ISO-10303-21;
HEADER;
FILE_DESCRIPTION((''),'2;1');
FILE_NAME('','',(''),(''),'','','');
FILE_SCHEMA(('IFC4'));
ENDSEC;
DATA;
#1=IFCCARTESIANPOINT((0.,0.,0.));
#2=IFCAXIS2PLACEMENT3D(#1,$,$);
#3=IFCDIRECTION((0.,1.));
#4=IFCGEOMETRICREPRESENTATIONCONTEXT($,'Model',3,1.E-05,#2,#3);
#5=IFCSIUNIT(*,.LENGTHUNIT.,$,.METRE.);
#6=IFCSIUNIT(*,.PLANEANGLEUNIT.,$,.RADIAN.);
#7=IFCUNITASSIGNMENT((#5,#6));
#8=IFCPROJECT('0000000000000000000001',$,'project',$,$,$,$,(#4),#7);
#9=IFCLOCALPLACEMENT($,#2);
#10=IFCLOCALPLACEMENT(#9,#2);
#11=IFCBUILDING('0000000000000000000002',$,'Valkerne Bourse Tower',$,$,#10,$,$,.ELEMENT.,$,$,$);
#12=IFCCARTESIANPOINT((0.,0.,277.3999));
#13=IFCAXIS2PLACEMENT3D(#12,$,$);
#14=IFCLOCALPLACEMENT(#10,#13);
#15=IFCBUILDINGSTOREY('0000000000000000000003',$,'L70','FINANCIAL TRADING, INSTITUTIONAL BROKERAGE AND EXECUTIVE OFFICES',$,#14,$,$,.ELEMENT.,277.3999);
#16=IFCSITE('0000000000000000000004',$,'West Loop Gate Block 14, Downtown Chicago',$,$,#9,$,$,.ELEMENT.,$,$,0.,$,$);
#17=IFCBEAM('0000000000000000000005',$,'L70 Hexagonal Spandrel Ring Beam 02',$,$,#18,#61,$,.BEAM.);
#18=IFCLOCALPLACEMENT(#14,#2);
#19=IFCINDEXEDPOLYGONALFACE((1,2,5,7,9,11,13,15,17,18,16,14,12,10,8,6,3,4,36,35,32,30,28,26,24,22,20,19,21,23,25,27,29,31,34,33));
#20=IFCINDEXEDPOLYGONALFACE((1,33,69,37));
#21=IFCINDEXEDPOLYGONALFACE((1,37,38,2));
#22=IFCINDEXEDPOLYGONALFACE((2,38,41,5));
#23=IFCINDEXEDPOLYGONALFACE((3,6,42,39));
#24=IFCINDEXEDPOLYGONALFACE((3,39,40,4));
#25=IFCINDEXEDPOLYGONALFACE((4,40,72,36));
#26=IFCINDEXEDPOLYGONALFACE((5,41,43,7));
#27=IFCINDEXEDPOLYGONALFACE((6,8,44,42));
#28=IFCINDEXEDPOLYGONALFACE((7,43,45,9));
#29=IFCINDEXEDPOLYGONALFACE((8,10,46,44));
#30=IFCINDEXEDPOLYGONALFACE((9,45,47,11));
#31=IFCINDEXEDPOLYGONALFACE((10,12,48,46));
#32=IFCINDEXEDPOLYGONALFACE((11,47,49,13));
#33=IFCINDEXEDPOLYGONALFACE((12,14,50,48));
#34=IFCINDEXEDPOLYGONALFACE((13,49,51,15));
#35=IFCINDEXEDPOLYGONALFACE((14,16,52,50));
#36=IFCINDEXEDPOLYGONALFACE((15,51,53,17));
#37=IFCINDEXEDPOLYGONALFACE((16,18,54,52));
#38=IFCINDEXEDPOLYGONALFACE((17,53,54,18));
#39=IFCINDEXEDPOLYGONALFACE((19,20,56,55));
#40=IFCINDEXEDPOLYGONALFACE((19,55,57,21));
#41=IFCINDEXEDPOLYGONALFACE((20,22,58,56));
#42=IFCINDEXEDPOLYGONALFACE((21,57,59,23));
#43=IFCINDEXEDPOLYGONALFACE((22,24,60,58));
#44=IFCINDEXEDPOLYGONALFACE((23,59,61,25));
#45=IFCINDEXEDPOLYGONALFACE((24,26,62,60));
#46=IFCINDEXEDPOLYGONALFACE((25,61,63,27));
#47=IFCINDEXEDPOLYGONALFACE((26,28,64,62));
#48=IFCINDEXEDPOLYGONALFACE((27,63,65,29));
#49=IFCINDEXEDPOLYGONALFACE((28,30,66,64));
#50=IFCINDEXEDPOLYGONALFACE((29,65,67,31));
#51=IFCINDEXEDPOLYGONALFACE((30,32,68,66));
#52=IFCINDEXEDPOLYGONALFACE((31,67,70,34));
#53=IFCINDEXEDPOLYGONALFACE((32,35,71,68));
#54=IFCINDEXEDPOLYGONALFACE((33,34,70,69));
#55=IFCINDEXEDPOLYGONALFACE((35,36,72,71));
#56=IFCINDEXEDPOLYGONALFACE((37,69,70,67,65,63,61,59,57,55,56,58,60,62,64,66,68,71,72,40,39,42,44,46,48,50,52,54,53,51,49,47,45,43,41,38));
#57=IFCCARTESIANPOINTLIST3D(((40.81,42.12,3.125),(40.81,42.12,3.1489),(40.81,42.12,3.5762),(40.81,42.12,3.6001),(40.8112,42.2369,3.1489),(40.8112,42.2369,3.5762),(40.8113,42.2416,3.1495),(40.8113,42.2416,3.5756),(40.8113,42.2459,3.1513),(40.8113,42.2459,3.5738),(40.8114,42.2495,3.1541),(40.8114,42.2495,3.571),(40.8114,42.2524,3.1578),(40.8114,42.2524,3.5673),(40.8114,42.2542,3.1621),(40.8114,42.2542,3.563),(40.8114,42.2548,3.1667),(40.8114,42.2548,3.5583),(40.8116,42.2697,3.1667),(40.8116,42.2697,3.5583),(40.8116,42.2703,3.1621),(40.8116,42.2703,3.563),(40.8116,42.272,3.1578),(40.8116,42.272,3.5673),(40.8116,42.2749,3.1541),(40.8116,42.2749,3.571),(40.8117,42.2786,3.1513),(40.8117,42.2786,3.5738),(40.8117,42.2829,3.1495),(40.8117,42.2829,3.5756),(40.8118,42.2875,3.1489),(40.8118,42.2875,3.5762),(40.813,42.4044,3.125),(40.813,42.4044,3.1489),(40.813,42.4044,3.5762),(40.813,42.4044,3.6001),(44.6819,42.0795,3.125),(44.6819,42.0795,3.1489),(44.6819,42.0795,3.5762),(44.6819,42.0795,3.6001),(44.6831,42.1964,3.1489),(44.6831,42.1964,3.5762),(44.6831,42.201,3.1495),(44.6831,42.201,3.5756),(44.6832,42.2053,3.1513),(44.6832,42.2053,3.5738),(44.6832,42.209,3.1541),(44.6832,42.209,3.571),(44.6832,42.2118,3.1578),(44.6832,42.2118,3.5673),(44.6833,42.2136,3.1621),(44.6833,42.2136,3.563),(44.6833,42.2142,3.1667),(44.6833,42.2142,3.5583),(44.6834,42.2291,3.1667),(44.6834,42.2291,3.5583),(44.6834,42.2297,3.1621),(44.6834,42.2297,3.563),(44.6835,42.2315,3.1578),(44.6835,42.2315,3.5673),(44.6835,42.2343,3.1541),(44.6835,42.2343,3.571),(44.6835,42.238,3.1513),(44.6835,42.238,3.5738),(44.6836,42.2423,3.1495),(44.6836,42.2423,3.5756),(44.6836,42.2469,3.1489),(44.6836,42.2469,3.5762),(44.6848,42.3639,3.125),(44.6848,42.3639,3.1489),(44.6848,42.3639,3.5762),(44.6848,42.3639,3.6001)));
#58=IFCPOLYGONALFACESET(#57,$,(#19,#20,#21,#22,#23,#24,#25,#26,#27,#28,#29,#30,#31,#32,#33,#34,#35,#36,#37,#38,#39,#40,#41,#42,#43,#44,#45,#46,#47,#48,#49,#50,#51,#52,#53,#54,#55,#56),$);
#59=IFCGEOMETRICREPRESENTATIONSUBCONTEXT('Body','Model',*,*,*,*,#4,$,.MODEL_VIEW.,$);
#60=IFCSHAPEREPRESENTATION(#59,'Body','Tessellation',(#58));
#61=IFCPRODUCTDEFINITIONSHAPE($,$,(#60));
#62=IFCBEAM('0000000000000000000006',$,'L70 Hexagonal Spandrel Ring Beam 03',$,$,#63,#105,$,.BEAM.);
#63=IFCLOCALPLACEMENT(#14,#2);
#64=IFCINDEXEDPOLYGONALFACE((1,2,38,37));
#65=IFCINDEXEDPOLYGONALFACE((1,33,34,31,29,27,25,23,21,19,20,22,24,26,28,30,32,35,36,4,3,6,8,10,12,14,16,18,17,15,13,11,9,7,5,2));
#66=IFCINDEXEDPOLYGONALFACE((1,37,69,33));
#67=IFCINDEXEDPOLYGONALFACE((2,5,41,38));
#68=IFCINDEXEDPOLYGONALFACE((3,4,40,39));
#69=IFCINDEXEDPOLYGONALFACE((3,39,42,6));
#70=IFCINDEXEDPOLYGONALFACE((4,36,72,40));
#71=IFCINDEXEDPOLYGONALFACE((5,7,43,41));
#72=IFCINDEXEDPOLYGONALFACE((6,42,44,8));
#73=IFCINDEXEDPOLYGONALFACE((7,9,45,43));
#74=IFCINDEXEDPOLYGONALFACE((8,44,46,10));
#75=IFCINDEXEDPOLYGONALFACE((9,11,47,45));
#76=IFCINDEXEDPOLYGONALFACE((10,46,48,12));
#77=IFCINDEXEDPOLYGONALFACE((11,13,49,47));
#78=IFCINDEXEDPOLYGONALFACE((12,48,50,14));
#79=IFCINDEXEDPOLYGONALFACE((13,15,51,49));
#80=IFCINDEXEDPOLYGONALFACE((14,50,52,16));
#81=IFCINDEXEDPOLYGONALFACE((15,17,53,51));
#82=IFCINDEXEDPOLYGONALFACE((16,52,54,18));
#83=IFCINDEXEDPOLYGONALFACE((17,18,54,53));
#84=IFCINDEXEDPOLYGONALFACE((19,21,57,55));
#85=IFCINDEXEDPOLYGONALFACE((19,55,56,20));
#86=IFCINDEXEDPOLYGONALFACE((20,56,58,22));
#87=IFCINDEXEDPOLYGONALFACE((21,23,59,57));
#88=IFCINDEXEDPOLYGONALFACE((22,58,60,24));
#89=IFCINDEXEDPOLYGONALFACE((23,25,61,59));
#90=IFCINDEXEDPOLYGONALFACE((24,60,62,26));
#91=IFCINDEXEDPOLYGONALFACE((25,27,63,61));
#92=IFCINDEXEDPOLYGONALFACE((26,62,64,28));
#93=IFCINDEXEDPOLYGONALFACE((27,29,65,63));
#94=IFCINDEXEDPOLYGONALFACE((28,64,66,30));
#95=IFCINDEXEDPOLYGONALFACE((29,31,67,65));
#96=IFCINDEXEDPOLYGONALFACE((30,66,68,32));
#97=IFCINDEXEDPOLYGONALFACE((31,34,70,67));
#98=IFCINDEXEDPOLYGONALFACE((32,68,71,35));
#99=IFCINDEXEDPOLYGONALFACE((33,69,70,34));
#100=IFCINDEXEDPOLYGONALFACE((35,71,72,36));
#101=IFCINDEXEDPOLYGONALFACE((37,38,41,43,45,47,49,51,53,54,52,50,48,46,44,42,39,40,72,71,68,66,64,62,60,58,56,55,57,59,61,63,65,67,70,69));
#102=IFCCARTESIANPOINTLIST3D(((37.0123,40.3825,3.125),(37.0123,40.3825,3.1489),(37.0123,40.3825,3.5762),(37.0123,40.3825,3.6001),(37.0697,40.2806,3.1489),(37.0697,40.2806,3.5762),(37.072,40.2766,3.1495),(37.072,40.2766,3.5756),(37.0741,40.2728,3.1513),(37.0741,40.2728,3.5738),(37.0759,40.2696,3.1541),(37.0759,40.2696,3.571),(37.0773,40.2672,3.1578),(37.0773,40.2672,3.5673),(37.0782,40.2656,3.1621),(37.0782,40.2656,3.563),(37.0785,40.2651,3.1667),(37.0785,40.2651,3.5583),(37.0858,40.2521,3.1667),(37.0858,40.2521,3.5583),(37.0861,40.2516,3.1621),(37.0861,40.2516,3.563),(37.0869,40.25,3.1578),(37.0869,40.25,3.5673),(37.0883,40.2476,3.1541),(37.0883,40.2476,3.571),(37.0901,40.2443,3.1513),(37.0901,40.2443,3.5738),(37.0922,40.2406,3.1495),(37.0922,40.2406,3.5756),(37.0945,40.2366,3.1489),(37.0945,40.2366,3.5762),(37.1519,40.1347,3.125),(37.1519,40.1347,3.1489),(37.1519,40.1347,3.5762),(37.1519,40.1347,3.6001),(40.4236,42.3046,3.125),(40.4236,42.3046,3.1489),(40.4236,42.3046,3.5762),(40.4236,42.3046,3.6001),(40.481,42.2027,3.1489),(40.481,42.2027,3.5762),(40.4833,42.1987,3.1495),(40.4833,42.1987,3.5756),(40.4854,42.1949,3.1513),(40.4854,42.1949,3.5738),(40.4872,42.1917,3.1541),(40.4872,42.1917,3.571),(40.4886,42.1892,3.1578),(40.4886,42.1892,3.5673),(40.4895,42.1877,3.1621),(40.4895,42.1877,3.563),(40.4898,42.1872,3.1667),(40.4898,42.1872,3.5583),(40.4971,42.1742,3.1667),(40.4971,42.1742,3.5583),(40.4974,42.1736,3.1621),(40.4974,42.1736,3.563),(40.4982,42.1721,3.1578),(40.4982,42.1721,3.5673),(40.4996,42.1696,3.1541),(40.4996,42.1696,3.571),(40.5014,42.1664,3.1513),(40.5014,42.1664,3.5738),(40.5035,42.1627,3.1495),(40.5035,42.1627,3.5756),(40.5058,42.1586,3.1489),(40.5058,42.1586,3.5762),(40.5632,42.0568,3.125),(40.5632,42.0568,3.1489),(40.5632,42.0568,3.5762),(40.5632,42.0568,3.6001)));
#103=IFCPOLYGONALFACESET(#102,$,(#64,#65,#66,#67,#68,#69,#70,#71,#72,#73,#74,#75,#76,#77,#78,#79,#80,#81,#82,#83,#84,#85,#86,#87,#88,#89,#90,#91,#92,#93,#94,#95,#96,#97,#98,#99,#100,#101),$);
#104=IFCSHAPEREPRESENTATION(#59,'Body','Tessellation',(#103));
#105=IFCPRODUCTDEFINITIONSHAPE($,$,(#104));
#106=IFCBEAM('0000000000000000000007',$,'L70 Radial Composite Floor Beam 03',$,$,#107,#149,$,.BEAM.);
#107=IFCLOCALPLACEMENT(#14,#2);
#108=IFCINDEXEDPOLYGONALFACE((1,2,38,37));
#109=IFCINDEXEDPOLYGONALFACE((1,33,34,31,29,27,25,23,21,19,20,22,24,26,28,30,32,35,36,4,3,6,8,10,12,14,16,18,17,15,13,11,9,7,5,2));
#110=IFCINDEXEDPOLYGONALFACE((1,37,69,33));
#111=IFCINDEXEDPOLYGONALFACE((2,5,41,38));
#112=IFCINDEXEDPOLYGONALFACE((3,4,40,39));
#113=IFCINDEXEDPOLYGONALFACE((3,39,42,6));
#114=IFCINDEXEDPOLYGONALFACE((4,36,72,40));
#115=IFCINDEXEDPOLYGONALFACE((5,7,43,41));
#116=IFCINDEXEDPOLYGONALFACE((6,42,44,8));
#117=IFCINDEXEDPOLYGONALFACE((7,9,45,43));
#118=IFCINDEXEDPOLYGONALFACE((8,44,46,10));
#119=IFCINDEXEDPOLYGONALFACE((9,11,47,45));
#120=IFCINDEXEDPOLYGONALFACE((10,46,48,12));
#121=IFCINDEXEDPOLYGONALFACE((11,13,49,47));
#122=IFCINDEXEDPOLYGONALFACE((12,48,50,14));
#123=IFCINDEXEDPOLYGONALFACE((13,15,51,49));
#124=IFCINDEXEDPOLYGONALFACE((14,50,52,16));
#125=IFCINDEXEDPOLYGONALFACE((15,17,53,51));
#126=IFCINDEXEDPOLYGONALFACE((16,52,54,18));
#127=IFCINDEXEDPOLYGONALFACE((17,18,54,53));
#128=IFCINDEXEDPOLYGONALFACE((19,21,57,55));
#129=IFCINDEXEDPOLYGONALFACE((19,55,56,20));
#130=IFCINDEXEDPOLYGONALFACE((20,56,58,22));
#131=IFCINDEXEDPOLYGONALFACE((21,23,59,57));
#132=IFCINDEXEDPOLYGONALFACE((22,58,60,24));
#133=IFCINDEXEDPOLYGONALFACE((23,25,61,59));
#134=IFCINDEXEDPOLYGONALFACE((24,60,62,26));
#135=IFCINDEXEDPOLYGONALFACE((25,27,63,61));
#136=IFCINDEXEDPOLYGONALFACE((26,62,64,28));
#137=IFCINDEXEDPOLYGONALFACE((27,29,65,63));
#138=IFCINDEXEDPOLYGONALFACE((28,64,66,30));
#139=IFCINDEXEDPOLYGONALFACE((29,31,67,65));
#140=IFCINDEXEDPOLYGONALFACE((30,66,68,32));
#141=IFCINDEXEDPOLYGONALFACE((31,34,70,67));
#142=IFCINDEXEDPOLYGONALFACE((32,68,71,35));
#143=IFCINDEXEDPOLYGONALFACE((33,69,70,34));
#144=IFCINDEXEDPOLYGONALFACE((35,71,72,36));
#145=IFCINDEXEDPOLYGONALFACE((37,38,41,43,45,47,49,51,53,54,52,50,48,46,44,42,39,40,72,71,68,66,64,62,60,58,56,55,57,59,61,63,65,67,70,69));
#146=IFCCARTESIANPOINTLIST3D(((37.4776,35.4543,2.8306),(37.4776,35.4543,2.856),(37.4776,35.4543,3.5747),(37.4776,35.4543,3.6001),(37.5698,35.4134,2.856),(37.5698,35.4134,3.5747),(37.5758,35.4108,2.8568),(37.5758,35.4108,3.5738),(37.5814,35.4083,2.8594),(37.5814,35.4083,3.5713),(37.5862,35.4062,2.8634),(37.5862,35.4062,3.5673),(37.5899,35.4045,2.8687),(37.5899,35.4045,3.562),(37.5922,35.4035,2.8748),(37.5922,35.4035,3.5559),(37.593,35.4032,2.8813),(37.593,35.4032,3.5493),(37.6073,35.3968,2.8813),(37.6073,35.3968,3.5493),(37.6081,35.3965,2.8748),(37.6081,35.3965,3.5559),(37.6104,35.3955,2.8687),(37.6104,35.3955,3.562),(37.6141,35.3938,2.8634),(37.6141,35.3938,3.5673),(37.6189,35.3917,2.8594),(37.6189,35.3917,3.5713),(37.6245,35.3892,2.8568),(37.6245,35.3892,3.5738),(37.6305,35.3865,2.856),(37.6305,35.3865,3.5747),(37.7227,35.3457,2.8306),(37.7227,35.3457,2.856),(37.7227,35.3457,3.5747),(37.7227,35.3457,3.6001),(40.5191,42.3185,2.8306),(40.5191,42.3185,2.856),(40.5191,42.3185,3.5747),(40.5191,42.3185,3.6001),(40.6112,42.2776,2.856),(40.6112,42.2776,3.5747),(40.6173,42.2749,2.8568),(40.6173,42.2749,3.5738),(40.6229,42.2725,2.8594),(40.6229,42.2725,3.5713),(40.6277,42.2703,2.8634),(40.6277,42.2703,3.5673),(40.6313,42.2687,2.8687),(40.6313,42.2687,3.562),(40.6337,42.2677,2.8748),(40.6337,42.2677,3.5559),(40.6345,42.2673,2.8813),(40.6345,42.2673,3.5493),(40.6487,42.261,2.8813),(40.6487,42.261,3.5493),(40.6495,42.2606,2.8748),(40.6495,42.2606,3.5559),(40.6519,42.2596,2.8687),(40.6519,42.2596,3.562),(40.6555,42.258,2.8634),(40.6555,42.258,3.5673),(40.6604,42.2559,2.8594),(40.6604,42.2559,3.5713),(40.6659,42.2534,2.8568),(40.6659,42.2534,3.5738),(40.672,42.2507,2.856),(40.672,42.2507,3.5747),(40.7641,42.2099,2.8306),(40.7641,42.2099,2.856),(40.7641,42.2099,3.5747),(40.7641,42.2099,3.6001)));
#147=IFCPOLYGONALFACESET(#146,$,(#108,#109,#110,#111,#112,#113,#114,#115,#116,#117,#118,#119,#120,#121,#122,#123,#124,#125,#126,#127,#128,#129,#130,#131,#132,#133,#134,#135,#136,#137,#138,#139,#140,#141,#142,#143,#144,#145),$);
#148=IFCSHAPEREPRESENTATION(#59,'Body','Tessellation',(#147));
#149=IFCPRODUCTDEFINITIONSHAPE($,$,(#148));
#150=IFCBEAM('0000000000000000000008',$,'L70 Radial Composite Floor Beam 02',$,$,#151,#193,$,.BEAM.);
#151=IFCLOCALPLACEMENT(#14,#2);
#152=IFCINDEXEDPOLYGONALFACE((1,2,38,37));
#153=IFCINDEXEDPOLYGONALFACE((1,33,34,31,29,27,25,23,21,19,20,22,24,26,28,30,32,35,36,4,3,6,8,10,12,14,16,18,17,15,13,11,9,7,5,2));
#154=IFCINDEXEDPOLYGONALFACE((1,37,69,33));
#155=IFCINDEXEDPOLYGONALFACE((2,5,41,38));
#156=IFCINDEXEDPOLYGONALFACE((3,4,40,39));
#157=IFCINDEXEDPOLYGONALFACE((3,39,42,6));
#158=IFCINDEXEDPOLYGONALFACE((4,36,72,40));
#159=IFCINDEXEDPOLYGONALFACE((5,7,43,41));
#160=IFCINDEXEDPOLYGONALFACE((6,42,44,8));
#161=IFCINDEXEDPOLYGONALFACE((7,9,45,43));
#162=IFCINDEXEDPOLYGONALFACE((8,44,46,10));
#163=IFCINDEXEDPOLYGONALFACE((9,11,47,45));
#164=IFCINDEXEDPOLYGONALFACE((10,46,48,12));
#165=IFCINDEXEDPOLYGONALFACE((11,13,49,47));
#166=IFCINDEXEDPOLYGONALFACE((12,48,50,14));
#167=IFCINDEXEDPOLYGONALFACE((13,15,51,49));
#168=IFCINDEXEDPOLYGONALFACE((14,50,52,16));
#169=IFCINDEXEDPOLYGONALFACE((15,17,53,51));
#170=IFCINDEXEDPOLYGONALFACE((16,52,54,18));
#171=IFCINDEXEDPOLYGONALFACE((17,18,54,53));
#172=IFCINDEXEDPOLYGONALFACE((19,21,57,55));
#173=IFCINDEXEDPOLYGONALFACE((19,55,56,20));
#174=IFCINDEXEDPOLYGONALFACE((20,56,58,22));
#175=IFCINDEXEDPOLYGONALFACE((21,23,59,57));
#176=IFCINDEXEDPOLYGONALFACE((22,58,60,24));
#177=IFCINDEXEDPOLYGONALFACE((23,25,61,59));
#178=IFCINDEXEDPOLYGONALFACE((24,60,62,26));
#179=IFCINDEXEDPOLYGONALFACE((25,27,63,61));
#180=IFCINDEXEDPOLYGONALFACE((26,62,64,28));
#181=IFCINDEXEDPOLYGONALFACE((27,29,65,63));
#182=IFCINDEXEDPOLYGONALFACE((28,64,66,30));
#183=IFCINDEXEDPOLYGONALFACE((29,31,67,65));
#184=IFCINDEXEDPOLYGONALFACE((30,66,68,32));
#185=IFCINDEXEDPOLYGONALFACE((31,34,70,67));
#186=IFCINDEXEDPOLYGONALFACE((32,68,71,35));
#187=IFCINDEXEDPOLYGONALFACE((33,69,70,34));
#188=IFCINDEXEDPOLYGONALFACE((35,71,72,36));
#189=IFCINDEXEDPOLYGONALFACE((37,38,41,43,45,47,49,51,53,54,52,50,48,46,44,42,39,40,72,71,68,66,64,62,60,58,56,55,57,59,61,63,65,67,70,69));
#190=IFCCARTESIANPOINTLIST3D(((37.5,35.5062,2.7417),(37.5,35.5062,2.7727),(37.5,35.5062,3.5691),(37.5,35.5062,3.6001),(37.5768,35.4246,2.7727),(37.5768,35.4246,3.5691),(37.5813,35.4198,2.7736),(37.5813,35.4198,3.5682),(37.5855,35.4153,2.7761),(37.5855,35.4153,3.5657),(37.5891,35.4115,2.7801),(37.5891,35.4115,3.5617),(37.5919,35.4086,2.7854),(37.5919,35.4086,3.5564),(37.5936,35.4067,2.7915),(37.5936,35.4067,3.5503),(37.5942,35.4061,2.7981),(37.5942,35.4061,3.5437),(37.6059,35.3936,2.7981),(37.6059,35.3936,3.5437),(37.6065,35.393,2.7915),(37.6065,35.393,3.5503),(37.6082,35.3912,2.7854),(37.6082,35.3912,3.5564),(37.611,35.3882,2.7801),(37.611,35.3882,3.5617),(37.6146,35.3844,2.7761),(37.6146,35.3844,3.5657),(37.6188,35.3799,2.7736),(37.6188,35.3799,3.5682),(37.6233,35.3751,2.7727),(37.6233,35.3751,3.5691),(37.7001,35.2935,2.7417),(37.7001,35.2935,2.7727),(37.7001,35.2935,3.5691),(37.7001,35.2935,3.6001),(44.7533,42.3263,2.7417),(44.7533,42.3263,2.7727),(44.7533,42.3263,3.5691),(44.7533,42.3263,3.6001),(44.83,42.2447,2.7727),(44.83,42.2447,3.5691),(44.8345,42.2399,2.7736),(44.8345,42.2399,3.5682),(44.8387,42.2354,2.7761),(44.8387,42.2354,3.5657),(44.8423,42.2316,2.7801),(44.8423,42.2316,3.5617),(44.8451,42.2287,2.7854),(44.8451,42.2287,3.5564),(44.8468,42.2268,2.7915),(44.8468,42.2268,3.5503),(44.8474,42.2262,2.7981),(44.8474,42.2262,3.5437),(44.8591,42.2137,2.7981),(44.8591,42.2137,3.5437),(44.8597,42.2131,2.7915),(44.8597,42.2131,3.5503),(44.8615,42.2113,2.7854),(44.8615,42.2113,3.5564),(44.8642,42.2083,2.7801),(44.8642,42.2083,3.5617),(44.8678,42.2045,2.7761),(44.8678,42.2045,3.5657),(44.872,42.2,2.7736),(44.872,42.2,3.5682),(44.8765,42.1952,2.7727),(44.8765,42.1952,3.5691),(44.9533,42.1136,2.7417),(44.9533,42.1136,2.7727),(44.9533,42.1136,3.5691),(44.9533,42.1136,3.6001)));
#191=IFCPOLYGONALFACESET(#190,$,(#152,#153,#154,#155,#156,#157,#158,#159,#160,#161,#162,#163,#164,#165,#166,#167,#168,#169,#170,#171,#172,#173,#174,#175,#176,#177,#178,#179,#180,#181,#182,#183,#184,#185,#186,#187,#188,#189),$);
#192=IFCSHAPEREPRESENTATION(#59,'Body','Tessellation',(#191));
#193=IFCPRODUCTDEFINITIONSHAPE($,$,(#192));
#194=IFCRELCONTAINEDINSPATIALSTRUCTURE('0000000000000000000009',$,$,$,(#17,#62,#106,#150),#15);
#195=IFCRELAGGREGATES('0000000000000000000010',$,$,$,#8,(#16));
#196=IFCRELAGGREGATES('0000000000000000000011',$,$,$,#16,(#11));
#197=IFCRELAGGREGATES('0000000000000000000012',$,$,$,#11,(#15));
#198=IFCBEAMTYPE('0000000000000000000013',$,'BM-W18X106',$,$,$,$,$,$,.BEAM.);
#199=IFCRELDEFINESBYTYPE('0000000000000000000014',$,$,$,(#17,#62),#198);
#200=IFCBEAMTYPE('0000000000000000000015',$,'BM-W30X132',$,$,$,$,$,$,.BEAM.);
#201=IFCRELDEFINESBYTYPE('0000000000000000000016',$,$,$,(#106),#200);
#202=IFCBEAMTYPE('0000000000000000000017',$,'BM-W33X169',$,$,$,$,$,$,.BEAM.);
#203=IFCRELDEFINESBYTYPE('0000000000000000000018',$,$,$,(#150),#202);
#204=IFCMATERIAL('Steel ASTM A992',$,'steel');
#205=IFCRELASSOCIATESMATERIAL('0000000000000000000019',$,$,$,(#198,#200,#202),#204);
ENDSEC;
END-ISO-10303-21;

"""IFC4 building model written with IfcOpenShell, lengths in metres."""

from ifc_helpers import new_model, si_unit, direction, frame, origin, origin_2d, place, context, subcontext, project, spatial, i_section, extrude, material, material_profile, profile_set, type_object, element, save


model = new_model("IFC4")

# Units and contexts
model_context = context("Model", 3, precision=1e-05, world=origin(), true_north=direction((0.0, 1.0)))
body_context = subcontext(model_context, "Body", "Model", "MODEL_VIEW")
ifc_project = project(units=[si_unit("LENGTHUNIT", "METRE"), si_unit("PLANEANGLEUNIT", "RADIAN")], contexts=[model_context])

# Site, building, storey
site_placement = place(None, origin())
site = spatial("IfcSite", under=ifc_project, at=site_placement, Name="West Loop Gate Block 14, Downtown Chicago", CompositionType="ELEMENT", RefElevation=0.0)
building_placement = place(site_placement, origin())
building = spatial("IfcBuilding", under=site, at=building_placement, Name="Valkerne Bourse Tower", CompositionType="ELEMENT")
storey_placement = place(building_placement, frame((0.0, 0.0, 277.3999)))
storey = spatial("IfcBuildingStorey", under=building, at=storey_placement, Name="L70", Description="FINANCIAL TRADING, INSTITUTIONAL BROKERAGE AND EXECUTIVE OFFICES", CompositionType="ELEMENT", Elevation=277.3999)

# Beams
ifc_material_1 = material(Name="Steel ASTM A992", Category="steel")
ifc_material_profile_1 = material_profile(ifc_material_1, i_section(OverallWidth=0.2844, OverallDepth=0.4751, WebThickness=0.0149, FlangeThickness=0.0239, FilletRadius=0.0178, at=origin_2d()), Name="W18X106")
ifc_profile_set_1 = profile_set([ifc_material_profile_1], Name="Steel ASTM A992")
beam_type_1 = type_object("IfcBeamType", Name="BM-W18X106", PredefinedType="BEAM", material=ifc_profile_set_1)
for number, where, z_axis, x_axis, name in (
    (1, (44.6833, 42.2217, 3.3625), (-0.999945, 0.010467, 0.0), (-0.010467, -0.999945, 0.0), "L70 Hexagonal Spandrel Ring Beam 02"),
):
    element("IfcBeam", number, at=place(storey_placement, frame(where, z_axis=z_axis, x_axis=x_axis)), inside=storey, type_object=beam_type_1, Name=name, PredefinedType="BEAM", context=body_context, shape_type="SweptSolid", body=[
        extrude(i_section(OverallWidth=0.2844, OverallDepth=0.4751, WebThickness=0.0149, FlangeThickness=0.0239, FilletRadius=0.0178, at=origin_2d()), origin(), (0.0, 0.0, 1.0), 3.8721),
    ])
beam_1_placement = place(storey_placement, frame((40.4934, 42.1807, 3.3625), z_axis=(-0.871224, -0.490886, 0.0), x_axis=(0.490886, -0.871224, 0.0)))
element("IfcBeam", 2, at=beam_1_placement, inside=storey, type_object=beam_type_1, Name="L70 Hexagonal Spandrel Ring Beam 03", PredefinedType="BEAM", context=body_context, shape_type="SweptSolid", body=[
    extrude(i_section(OverallWidth=0.2844, OverallDepth=0.4751, WebThickness=0.0149, FlangeThickness=0.0239, FilletRadius=0.0178, at=origin_2d()), origin(), (0.0, 0.0, 1.0), 3.9155),
])
ifc_material_profile_2 = material_profile(ifc_material_1, i_section(OverallWidth=0.2681, OverallDepth=0.7695, WebThickness=0.0156, FlangeThickness=0.0254, FilletRadius=0.0254, at=origin_2d()), Name="W30X132")
ifc_profile_set_2 = profile_set([ifc_material_profile_2], Name="Steel ASTM A992")
beam_type_2 = type_object("IfcBeamType", Name="BM-W30X132", PredefinedType="BEAM", material=ifc_profile_set_2)
beam_2_placement = place(storey_placement, frame((40.6416, 42.2642, 3.2153), z_axis=(-0.405106, -0.91427, 0.0), x_axis=(0.91427, -0.405106, 0.0)))
element("IfcBeam", 3, at=beam_2_placement, inside=storey, type_object=beam_type_2, Name="L70 Radial Composite Floor Beam 03", PredefinedType="BEAM", context=body_context, shape_type="SweptSolid", body=[
    extrude(i_section(OverallWidth=0.2681, OverallDepth=0.7695, WebThickness=0.0156, FlangeThickness=0.0254, FilletRadius=0.0254, at=origin_2d()), origin(), (0.0, 0.0, 1.0), 7.5078),
])
ifc_material_profile_3 = material_profile(ifc_material_1, i_section(OverallWidth=0.292, OverallDepth=0.8584, WebThickness=0.0171, FlangeThickness=0.031, FilletRadius=0.0254, at=origin_2d()), Name="W33X169")
ifc_profile_set_3 = profile_set([ifc_material_profile_3], Name="Steel ASTM A992")
beam_type_3 = type_object("IfcBeamType", Name="BM-W33X169", PredefinedType="BEAM", material=ifc_profile_set_3)
beam_3_placement = place(storey_placement, frame((44.8533, 42.22, 3.1709), z_axis=(-0.728523, -0.685021, 0.0), x_axis=(0.685021, -0.728523, 0.0)))
element("IfcBeam", 4, at=beam_3_placement, inside=storey, type_object=beam_type_3, Name="L70 Radial Composite Floor Beam 02", PredefinedType="BEAM", context=body_context, shape_type="SweptSolid", body=[
    extrude(i_section(OverallWidth=0.292, OverallDepth=0.8584, WebThickness=0.0171, FlangeThickness=0.031, FilletRadius=0.0254, at=origin_2d()), origin(), (0.0, 0.0, 1.0), 9.9561),
])

save(model, "model.ifc")
